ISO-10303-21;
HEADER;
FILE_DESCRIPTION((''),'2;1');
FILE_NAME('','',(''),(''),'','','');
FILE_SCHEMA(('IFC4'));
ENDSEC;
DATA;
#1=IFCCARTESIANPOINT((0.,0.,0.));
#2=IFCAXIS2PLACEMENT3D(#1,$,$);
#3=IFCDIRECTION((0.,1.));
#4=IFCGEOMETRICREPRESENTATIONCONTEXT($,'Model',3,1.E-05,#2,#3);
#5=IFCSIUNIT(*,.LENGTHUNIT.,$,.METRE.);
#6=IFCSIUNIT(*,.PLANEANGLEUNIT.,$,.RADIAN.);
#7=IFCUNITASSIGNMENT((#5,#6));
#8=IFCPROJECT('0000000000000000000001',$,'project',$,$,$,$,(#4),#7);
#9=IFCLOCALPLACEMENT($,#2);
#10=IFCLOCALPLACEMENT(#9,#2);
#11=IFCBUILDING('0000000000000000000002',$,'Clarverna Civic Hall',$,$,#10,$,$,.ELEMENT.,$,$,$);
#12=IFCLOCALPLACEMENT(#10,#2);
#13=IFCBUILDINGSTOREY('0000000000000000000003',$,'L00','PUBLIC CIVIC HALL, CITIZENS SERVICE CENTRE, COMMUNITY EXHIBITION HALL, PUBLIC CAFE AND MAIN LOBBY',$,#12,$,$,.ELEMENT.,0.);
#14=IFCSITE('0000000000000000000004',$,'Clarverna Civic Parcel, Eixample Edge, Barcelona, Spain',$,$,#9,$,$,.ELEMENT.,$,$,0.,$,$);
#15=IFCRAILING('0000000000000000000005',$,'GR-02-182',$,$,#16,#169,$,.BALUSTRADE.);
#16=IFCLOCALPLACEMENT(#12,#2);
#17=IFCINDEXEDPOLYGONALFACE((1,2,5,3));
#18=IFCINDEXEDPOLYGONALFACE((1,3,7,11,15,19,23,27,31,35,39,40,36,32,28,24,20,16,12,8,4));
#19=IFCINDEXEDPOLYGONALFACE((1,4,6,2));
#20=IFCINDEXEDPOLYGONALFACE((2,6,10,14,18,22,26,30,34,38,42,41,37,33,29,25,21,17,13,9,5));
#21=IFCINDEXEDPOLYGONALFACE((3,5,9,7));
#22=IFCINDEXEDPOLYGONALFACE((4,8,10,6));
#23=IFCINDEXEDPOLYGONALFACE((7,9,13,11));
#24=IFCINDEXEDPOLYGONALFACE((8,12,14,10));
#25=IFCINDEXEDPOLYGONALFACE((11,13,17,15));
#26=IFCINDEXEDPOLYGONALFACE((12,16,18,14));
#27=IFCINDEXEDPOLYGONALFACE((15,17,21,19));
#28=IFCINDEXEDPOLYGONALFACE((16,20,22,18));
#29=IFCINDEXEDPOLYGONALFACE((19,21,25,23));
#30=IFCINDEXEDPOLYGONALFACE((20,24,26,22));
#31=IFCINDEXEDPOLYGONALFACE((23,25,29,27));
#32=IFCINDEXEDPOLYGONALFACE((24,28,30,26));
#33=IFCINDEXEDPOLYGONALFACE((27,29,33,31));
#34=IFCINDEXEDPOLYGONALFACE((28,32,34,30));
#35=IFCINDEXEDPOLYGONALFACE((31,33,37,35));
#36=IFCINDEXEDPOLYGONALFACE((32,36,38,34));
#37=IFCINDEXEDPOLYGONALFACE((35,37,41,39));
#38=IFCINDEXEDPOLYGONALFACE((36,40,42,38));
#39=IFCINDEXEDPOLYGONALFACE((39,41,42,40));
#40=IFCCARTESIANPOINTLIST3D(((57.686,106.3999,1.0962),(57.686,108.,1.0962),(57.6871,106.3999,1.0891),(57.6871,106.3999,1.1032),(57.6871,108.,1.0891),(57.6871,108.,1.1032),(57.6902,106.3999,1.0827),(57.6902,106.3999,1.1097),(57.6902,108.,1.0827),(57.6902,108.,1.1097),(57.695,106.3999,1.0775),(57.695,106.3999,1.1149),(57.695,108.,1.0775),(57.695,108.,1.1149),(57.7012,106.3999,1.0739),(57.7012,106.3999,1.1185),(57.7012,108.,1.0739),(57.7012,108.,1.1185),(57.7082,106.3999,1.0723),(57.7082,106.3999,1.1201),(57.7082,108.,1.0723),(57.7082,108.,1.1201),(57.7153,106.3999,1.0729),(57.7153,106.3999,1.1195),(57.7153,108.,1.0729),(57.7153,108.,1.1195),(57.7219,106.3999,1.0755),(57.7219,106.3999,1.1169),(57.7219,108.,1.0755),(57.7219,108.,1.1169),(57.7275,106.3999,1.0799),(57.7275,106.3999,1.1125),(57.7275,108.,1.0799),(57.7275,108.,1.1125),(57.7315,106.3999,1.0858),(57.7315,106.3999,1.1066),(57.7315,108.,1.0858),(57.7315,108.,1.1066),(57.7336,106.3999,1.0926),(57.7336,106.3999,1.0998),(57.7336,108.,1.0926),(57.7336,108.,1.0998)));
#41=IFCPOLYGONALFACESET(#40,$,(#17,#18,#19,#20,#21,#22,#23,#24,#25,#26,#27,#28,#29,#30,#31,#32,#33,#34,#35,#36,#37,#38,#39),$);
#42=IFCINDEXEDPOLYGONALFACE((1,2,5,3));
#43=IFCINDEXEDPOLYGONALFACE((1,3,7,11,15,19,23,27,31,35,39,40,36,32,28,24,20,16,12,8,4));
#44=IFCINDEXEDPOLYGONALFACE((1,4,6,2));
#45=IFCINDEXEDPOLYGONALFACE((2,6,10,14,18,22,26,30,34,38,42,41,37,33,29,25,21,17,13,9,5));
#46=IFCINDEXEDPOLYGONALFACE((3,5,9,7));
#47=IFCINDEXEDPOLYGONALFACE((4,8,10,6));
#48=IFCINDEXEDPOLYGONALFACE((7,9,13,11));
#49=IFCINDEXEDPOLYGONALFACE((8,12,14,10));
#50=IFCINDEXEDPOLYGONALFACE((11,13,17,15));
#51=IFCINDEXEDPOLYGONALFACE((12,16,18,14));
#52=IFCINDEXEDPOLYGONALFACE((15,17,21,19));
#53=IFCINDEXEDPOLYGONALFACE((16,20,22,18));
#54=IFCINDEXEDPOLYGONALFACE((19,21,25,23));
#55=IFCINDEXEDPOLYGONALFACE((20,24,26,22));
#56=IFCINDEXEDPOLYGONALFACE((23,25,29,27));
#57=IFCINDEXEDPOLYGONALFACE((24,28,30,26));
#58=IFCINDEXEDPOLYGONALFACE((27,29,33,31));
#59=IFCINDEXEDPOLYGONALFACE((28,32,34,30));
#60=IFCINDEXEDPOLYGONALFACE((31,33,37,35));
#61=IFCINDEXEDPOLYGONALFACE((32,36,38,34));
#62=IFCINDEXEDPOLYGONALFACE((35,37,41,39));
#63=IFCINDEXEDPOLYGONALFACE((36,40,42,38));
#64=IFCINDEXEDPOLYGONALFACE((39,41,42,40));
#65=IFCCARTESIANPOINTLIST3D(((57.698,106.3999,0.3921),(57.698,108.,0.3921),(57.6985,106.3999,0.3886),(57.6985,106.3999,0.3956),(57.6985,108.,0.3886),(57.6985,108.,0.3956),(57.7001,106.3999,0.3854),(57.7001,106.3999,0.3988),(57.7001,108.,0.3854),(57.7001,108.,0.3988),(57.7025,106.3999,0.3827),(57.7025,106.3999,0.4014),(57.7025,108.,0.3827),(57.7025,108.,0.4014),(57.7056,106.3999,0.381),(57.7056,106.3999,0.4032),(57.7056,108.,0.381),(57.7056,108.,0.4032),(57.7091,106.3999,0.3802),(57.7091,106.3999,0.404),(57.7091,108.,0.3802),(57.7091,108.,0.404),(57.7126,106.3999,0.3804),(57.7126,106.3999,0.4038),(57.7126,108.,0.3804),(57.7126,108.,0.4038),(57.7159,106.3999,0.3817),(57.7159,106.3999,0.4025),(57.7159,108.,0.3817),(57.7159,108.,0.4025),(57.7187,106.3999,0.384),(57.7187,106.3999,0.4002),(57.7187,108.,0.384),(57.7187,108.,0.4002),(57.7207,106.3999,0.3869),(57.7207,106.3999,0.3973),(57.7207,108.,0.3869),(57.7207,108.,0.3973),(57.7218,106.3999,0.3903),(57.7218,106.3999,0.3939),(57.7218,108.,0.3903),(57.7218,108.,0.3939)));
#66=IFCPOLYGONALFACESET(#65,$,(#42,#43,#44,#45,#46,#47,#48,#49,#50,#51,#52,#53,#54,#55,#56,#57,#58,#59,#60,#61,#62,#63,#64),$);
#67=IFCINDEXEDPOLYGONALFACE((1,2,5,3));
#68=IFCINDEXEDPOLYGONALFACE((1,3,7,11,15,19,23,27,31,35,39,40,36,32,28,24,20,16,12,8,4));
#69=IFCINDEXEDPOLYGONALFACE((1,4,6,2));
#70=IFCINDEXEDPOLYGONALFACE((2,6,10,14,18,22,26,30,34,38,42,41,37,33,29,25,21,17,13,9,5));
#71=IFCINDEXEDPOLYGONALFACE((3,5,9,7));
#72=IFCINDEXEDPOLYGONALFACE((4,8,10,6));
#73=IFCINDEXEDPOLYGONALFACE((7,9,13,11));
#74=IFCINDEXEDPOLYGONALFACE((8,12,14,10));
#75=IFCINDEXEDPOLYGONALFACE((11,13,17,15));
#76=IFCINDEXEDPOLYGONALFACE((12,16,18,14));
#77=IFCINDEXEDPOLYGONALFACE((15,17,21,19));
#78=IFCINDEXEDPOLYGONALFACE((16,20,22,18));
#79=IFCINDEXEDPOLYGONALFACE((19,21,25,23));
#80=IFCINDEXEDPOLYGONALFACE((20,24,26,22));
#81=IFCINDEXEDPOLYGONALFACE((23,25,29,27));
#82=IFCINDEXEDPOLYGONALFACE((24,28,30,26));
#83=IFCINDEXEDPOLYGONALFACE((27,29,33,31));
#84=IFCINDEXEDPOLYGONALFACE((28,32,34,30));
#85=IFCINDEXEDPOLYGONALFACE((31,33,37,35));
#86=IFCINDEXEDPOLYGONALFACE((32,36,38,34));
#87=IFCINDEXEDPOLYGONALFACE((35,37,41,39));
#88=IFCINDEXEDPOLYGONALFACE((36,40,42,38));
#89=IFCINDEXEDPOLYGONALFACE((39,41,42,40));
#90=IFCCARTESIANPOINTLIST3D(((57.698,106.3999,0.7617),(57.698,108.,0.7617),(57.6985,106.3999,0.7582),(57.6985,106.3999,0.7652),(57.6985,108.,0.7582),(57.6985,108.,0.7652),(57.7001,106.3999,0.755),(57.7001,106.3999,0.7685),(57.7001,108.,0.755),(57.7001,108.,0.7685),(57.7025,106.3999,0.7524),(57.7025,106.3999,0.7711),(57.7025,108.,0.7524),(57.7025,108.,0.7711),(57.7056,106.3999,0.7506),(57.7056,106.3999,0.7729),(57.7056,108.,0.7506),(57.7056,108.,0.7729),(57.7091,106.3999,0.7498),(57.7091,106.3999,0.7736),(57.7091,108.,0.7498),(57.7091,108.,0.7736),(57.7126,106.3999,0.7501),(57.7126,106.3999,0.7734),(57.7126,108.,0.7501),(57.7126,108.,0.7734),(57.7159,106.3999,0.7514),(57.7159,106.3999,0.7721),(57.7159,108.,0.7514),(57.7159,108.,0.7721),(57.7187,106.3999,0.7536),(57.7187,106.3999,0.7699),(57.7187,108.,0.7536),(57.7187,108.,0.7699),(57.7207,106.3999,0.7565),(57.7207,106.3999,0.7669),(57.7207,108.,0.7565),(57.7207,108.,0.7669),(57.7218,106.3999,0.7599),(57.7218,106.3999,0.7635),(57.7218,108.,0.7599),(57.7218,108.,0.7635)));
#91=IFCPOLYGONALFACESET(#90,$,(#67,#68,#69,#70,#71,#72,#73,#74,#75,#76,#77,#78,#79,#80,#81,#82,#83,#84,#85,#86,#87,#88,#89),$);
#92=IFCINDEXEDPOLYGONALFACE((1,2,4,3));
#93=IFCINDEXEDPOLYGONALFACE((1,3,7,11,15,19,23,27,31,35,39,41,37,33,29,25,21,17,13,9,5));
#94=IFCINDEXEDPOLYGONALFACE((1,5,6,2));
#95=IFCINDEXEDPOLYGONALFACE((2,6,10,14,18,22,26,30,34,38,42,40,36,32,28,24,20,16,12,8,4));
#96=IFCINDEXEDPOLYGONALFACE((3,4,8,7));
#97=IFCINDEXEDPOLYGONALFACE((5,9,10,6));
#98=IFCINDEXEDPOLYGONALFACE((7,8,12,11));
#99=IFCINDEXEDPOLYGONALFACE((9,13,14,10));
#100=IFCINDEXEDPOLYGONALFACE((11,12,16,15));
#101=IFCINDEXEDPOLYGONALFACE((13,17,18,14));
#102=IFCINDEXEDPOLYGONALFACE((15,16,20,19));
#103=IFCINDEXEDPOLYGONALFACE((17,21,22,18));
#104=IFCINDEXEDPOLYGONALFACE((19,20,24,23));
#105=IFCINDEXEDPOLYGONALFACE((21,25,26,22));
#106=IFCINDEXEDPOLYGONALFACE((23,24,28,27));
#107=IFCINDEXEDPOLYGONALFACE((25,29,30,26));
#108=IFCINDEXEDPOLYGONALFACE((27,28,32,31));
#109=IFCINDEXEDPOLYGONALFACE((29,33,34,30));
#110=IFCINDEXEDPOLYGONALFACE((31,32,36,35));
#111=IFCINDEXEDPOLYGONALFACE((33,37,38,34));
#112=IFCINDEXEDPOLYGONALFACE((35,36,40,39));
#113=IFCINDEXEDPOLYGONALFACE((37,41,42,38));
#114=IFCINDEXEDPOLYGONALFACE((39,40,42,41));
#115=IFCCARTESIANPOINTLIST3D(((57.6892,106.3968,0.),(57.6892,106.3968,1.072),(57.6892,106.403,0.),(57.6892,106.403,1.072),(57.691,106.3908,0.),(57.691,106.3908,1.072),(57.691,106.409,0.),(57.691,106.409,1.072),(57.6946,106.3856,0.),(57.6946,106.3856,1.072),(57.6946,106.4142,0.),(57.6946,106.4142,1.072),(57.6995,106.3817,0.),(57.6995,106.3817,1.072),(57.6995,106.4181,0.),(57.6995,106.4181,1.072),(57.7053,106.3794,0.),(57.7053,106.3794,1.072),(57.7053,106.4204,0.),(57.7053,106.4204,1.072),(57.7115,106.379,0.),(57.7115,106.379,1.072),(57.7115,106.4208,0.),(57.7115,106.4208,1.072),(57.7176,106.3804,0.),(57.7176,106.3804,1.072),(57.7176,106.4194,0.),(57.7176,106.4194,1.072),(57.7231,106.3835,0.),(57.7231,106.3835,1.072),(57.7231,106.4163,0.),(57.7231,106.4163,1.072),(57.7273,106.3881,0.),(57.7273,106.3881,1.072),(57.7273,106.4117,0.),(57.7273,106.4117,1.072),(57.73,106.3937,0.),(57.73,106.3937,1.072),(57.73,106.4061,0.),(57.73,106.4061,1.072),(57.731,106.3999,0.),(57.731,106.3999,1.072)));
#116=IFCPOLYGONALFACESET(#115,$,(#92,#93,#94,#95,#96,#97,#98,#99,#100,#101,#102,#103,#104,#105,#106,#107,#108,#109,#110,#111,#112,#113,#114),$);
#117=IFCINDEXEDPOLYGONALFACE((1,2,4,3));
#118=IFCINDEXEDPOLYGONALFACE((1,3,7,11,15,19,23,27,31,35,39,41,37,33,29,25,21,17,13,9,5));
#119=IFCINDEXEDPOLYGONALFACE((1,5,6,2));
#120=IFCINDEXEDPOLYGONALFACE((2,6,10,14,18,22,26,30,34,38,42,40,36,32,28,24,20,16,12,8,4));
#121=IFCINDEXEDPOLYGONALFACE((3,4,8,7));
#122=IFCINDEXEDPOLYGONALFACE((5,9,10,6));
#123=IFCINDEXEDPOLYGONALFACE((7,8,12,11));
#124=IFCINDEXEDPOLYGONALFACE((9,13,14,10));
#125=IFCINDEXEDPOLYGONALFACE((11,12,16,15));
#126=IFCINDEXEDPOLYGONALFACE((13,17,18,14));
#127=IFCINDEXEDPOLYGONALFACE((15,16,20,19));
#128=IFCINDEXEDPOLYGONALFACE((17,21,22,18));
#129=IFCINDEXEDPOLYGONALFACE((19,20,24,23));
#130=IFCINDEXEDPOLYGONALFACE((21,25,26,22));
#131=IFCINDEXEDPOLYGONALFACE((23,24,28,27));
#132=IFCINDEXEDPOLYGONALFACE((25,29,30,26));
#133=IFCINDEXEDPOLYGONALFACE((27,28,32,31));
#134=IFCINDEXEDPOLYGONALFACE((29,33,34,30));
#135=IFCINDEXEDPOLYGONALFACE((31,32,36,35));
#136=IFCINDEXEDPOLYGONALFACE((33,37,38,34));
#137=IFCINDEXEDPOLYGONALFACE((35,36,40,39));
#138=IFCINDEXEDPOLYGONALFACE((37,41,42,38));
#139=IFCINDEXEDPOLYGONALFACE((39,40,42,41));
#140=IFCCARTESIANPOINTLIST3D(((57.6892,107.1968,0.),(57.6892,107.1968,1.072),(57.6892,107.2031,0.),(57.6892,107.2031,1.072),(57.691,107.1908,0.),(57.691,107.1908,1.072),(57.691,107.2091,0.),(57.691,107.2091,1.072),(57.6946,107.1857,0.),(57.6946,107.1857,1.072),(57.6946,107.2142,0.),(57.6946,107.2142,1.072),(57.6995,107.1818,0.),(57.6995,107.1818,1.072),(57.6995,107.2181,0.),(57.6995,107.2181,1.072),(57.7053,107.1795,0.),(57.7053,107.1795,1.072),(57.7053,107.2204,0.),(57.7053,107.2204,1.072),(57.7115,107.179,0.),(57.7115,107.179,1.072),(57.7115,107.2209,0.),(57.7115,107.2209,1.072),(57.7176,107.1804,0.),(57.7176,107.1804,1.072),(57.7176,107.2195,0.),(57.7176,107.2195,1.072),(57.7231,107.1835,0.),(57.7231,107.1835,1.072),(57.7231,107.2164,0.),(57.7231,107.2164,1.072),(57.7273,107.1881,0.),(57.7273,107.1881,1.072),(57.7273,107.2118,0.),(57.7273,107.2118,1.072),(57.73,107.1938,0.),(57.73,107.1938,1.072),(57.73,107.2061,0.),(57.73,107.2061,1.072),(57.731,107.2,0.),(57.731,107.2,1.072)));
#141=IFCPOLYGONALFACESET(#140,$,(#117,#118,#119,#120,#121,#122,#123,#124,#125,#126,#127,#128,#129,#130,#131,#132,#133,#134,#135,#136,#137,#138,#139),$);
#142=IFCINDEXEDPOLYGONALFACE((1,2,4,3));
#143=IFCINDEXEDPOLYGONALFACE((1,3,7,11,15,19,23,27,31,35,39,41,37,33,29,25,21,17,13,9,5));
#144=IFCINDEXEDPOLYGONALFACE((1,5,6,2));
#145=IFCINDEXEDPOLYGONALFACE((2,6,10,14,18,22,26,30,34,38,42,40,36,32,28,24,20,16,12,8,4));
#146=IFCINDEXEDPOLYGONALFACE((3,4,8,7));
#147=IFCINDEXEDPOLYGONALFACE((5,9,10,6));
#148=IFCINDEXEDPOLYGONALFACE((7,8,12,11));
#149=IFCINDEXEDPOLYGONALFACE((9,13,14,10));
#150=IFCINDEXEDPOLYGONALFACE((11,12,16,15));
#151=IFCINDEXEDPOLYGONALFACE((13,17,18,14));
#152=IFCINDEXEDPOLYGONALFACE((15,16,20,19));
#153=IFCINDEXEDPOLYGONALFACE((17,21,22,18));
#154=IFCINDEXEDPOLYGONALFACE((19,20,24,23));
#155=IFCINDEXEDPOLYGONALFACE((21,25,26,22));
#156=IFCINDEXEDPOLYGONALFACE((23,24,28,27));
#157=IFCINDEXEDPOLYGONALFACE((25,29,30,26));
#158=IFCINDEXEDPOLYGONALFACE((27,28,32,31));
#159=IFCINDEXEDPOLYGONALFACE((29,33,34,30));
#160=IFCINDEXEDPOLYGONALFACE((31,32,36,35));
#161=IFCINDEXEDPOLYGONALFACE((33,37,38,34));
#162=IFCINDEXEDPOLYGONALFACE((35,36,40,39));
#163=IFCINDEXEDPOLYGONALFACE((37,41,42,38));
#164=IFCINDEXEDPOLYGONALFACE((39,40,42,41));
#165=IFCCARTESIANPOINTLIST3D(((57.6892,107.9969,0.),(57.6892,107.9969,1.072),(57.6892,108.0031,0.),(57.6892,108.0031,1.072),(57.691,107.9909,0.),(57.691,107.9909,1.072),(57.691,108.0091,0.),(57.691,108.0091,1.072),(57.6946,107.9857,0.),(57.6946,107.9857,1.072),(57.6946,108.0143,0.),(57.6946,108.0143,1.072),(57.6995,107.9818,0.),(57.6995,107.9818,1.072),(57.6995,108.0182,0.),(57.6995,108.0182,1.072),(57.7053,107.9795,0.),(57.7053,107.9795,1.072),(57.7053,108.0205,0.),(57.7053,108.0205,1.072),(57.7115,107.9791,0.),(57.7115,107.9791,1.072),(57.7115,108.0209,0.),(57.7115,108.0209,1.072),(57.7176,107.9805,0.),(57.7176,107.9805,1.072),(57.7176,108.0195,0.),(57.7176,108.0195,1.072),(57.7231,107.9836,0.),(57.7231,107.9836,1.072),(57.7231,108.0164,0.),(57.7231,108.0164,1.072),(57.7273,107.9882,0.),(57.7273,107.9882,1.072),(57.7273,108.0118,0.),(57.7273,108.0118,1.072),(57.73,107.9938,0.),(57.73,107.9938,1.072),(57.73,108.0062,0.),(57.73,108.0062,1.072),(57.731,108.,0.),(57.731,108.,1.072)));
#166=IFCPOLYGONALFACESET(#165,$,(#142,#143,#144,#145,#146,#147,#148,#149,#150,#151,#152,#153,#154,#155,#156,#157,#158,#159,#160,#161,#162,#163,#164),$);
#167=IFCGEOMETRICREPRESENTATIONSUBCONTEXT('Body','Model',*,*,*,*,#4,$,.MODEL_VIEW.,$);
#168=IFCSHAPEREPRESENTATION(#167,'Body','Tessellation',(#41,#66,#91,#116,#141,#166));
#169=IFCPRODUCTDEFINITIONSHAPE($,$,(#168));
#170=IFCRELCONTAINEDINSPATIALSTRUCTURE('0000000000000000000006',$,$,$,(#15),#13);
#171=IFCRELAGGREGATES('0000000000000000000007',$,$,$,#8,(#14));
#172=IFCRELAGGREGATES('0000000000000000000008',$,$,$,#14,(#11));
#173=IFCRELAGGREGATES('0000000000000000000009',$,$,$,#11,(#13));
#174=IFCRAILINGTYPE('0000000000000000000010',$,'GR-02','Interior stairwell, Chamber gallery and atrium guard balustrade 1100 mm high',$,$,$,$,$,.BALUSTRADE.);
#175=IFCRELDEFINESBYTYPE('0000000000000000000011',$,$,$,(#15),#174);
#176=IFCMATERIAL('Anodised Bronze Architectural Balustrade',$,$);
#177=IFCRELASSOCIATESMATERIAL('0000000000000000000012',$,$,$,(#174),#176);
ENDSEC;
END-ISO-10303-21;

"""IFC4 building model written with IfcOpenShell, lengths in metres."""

from ifc_helpers import new_model, si_unit, direction, frame, origin, origin_2d, place, context, subcontext, project, spatial, circle, extrude, material, type_object, element, save


model = new_model("IFC4")

# Units and contexts
model_context = context("Model", 3, precision=1e-05, world=origin(), true_north=direction((0.0, 1.0)))
body_context = subcontext(model_context, "Body", "Model", "MODEL_VIEW")
ifc_project = project(units=[si_unit("LENGTHUNIT", "METRE"), si_unit("PLANEANGLEUNIT", "RADIAN")], contexts=[model_context])

# Site, building, storey
site_placement = place(None, origin())
site = spatial("IfcSite", under=ifc_project, at=site_placement, Name="Clarverna Civic Parcel, Eixample Edge, Barcelona, Spain", CompositionType="ELEMENT", RefElevation=0.0)
building_placement = place(site_placement, origin())
building = spatial("IfcBuilding", under=site, at=building_placement, Name="Clarverna Civic Hall", CompositionType="ELEMENT")
storey_placement = place(building_placement, origin())
storey = spatial("IfcBuildingStorey", under=building, at=storey_placement, Name="L00", Description="PUBLIC CIVIC HALL, CITIZENS SERVICE CENTRE, COMMUNITY EXHIBITION HALL, PUBLIC CAFE AND MAIN LOBBY", CompositionType="ELEMENT", Elevation=0.0)

# Railing
ifc_material_1 = material(Name="Anodised Bronze Architectural Balustrade")
railing_type_1 = type_object("IfcRailingType", Name="GR-02", Description="Interior stairwell, Chamber gallery and atrium guard balustrade 1100 mm high", PredefinedType="BALUSTRADE", material=ifc_material_1)
railing_1_placement = place(storey_placement, frame((57.71, 106.3999, 0.0)))
element("IfcRailing", 1, at=railing_1_placement, inside=storey, type_object=railing_type_1, Name="GR-02-182", PredefinedType="BALUSTRADE", context=body_context, shape_type="SweptSolid", body=[
    extrude(circle(Radius=0.0239, at=origin_2d()), frame((0.0, 0.0, 1.0962), z_axis=(0.0, 1.0, 0.0), x_axis=(-1.0, 0.0, 0.0)), (0.0, 0.0, 1.0), 1.6001),
    extrude(circle(Radius=0.012, at=origin_2d()), frame((0.0, 0.0, 0.3921), z_axis=(0.0, 1.0, 0.0), x_axis=(-1.0, 0.0, 0.0)), (0.0, 0.0, 1.0), 1.6001),
    extrude(circle(Radius=0.012, at=origin_2d()), frame((0.0, 0.0, 0.7617), z_axis=(0.0, 1.0, 0.0), x_axis=(-1.0, 0.0, 0.0)), (0.0, 0.0, 1.0), 1.6001),
    extrude(circle(Radius=0.021, at=origin_2d()), origin(), (0.0, 0.0, 1.0), 1.072),
    extrude(circle(Radius=0.021, at=origin_2d()), frame((0.0, 0.8, 0.0)), (0.0, 0.0, 1.0), 1.072),
    extrude(circle(Radius=0.021, at=origin_2d()), frame((0.0, 1.6001, 0.0)), (0.0, 0.0, 1.0), 1.072),
])

save(model, "model.ifc")
